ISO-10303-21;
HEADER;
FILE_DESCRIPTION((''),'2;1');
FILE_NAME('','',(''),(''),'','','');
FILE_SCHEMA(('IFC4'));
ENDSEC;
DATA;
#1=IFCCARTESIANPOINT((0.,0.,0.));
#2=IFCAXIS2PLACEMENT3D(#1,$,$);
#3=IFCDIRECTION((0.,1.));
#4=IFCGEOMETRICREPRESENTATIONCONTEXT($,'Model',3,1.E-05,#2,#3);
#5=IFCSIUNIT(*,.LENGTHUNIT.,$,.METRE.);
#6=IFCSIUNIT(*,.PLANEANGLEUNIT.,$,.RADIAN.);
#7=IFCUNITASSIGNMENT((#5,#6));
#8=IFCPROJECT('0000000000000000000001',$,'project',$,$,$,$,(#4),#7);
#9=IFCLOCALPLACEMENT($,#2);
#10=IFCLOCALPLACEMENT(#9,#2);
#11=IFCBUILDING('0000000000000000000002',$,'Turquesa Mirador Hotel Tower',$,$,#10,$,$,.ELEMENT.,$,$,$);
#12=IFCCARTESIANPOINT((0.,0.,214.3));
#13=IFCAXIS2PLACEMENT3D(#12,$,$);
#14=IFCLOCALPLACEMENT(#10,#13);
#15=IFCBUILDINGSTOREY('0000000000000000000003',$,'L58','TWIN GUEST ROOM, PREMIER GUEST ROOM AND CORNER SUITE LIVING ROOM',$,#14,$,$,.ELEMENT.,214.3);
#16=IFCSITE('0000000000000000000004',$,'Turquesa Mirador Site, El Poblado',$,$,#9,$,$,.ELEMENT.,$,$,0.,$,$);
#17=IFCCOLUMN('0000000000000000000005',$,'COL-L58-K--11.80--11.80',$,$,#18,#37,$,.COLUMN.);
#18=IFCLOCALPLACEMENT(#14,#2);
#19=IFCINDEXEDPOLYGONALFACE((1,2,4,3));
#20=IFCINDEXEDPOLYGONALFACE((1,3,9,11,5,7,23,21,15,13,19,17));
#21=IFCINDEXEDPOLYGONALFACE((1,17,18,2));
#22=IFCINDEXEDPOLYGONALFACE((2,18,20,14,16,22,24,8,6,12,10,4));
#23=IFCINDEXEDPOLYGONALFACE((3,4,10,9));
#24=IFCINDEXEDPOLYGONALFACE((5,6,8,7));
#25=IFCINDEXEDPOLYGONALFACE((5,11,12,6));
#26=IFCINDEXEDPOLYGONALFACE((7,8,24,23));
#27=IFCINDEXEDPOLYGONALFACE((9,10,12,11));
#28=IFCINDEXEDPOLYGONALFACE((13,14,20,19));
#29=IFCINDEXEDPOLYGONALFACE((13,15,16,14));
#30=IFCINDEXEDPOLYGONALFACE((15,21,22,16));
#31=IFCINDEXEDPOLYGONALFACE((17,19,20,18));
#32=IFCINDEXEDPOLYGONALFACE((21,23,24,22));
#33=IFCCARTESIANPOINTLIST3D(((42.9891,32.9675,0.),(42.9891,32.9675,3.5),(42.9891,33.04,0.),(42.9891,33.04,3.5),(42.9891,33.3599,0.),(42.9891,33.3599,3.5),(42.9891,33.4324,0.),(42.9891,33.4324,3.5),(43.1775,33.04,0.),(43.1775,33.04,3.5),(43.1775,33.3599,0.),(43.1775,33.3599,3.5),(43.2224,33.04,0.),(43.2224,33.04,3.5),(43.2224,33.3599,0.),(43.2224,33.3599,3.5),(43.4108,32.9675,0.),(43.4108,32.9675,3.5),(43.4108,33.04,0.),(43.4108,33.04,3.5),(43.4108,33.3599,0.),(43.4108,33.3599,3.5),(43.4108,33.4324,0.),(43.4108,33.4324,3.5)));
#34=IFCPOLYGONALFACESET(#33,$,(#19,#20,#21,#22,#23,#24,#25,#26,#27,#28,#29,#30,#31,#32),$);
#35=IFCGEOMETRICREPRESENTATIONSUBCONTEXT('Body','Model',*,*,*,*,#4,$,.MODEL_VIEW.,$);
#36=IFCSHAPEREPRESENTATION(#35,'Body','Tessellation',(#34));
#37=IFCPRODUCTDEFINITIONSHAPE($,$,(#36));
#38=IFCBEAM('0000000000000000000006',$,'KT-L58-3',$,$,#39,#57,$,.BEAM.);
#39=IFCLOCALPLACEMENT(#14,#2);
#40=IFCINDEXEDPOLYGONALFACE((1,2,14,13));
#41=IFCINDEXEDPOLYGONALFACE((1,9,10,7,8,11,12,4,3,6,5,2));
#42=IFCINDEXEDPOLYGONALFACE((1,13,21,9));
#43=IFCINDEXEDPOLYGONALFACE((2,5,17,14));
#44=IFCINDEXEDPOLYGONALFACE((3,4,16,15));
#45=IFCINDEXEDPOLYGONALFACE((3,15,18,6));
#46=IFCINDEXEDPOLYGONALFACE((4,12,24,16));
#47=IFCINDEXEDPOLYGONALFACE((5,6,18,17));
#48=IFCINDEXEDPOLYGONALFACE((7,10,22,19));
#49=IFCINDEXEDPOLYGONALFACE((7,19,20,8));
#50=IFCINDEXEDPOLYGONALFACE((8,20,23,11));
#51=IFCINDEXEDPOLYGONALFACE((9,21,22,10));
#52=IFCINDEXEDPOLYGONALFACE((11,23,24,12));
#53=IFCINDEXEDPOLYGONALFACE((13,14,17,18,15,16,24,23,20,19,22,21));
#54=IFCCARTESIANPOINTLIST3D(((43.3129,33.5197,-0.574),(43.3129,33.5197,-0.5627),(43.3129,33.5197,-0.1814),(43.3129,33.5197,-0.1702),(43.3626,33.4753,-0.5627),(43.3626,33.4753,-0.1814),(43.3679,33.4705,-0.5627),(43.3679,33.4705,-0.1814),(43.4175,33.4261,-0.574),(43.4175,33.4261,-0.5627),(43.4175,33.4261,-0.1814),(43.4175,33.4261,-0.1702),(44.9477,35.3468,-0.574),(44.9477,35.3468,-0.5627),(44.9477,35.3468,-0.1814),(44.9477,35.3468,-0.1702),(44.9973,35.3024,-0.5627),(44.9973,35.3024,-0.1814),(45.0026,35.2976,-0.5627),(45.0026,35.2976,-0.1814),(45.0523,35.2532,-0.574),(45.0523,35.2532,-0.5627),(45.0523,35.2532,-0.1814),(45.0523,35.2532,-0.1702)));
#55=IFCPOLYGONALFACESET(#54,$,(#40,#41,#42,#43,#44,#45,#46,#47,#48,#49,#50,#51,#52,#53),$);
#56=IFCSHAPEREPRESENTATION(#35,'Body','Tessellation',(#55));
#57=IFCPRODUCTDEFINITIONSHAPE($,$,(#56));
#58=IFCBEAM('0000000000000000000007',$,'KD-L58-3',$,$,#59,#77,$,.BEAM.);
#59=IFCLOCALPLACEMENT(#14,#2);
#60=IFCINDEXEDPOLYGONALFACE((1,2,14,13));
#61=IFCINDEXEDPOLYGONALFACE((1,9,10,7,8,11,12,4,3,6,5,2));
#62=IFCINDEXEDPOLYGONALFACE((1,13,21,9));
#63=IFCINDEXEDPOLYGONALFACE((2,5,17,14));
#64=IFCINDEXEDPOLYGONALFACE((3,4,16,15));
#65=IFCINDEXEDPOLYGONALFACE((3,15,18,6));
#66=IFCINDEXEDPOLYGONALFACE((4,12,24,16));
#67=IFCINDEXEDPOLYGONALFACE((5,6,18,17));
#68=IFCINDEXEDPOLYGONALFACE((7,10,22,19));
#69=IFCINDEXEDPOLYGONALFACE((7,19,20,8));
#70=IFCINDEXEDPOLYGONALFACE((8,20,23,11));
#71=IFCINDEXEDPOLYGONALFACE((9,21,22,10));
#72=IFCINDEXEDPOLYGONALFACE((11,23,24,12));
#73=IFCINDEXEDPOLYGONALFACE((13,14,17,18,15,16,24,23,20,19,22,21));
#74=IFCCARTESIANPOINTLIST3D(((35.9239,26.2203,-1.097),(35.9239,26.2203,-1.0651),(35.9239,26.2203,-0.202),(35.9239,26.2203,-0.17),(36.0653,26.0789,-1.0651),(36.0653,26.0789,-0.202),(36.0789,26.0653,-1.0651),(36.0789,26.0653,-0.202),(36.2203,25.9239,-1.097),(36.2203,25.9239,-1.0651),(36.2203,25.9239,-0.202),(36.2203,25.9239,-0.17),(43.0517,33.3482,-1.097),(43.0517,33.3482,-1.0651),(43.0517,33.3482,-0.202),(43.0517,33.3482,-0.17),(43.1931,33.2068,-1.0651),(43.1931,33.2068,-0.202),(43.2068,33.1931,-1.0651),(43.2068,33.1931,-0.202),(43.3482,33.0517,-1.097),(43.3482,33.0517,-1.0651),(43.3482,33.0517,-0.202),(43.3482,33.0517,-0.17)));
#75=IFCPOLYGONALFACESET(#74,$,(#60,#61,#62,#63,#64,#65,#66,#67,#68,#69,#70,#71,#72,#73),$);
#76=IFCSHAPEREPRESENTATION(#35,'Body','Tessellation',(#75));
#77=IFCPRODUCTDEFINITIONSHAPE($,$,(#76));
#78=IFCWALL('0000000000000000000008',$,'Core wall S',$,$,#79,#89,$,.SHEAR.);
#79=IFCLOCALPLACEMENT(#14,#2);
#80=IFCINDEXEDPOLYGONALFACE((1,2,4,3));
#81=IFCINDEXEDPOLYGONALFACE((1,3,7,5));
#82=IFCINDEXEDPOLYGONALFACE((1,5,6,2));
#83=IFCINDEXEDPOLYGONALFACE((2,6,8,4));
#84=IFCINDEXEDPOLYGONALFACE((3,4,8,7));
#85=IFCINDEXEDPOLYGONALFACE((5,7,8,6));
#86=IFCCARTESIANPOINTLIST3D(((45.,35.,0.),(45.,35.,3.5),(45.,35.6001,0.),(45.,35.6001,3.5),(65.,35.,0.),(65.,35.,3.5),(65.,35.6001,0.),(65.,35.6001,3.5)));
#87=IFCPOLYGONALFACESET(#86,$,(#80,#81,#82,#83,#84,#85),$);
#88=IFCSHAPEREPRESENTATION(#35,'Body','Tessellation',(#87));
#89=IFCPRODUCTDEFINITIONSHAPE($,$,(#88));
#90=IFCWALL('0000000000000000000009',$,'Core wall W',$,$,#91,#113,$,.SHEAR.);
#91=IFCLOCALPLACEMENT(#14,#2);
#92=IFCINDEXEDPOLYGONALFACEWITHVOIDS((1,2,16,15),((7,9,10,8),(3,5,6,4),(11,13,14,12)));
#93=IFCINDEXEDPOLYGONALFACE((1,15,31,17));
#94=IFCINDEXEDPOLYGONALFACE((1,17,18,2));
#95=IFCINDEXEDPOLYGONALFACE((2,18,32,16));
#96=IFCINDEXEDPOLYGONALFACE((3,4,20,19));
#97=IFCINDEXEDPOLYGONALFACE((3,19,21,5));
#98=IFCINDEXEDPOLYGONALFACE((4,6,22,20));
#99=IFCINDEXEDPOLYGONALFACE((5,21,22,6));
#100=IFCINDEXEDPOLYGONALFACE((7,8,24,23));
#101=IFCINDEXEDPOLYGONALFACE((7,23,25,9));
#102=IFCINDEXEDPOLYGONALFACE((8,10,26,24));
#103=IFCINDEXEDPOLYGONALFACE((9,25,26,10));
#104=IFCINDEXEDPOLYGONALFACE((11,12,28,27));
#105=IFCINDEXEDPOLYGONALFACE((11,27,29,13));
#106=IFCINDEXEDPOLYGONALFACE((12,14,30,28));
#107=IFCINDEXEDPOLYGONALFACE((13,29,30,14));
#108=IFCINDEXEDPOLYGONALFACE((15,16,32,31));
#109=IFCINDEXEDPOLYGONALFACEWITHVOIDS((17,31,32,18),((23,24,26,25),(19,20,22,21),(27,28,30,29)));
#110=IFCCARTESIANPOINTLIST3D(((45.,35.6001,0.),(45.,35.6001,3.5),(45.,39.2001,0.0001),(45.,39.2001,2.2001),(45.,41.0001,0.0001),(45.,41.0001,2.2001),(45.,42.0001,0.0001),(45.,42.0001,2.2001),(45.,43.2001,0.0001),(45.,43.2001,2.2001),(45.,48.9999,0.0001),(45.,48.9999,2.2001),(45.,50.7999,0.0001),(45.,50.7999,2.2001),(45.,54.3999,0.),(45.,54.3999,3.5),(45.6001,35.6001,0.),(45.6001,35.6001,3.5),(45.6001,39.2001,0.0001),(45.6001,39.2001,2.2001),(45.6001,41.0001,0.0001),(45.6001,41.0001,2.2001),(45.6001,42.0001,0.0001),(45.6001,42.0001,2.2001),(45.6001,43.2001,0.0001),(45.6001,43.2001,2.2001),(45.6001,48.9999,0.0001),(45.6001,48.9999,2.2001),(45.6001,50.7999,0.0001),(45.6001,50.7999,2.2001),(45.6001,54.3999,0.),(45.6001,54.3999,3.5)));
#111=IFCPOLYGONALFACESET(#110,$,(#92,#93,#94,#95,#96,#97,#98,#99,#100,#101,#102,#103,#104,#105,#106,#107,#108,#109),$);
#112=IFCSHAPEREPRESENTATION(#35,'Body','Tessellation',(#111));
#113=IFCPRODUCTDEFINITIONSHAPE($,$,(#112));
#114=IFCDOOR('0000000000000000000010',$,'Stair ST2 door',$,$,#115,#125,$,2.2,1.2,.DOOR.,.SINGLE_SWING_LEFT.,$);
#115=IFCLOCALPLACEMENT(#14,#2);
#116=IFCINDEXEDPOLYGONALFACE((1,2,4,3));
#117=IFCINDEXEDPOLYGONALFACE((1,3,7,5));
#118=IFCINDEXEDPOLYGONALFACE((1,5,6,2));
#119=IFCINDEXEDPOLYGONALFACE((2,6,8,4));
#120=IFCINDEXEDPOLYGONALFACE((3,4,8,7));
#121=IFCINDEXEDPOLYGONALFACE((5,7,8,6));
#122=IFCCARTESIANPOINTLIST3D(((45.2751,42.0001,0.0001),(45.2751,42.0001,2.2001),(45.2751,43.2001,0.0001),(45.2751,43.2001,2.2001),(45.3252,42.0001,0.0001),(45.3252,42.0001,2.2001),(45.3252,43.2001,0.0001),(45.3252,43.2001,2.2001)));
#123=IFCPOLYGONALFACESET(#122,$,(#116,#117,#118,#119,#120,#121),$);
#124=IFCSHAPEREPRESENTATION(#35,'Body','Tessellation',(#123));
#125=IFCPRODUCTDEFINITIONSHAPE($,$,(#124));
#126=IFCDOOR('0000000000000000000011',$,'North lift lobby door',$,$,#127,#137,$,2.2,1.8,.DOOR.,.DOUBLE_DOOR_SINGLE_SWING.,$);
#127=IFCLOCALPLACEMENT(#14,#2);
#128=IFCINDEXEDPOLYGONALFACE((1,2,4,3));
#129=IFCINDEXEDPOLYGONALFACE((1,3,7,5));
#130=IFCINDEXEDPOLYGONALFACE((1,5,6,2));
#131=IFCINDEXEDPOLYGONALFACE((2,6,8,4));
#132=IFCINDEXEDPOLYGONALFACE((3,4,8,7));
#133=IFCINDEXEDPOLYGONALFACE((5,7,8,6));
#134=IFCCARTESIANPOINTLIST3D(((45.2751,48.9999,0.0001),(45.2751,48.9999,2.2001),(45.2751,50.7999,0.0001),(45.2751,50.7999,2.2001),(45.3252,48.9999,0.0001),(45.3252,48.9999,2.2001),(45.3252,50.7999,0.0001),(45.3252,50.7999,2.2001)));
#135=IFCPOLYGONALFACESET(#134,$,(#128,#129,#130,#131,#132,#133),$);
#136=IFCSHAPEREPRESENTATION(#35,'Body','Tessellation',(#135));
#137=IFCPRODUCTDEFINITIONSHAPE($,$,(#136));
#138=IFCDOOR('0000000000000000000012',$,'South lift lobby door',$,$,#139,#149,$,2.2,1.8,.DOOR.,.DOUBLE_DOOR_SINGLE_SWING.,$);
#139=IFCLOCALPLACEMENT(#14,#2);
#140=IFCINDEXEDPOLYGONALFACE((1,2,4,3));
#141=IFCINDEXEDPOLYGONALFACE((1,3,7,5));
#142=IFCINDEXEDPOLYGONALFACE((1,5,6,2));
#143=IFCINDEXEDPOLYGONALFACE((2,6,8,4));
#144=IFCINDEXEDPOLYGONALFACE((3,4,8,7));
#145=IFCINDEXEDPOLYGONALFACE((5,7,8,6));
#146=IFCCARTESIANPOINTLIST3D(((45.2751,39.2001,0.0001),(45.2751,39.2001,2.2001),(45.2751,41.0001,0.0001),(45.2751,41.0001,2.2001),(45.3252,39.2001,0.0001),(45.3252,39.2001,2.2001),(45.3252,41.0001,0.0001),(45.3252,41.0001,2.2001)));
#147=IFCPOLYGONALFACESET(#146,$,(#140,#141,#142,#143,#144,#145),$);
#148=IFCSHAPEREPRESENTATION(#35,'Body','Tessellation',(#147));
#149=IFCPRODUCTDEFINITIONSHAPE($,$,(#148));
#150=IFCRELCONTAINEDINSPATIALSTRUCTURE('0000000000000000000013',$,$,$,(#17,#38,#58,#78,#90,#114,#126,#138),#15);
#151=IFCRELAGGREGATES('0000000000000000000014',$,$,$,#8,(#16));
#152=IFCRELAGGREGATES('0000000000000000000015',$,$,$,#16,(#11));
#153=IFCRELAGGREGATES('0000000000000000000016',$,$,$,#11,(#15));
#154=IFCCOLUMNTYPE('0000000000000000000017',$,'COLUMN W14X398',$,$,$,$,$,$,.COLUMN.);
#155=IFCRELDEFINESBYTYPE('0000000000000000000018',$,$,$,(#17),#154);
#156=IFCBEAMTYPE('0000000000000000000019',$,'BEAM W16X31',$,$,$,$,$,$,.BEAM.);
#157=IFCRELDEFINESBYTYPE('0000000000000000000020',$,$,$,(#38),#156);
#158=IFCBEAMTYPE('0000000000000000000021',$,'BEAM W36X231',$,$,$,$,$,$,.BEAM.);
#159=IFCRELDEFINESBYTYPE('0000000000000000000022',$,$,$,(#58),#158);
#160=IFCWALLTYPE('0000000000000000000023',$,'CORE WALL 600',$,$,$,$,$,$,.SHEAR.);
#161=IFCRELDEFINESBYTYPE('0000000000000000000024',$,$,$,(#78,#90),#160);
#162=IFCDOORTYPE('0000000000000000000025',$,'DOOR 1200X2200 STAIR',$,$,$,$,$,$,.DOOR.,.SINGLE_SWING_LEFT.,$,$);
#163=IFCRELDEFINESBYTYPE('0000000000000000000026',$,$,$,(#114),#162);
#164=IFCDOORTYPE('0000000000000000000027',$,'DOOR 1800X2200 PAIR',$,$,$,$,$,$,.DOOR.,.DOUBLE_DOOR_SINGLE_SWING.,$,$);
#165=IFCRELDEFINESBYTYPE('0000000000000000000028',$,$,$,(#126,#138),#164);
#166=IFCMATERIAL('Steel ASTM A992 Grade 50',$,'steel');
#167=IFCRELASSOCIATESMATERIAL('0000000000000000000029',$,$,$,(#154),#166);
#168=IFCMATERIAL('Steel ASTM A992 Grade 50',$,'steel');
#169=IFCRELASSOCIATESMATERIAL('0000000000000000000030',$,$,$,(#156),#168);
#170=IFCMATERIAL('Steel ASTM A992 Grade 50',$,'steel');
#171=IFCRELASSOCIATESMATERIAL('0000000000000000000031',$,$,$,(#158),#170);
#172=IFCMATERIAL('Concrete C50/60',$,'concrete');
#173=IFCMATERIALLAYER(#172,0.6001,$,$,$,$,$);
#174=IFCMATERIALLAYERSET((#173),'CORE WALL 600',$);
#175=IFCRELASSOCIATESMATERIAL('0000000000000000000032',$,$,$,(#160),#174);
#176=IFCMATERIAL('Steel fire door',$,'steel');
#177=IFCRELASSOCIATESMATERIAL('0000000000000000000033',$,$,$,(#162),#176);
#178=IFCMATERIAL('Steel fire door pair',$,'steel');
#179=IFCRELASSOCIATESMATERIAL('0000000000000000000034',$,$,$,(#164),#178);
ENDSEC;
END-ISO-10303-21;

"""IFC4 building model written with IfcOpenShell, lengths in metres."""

from ifc_helpers import new_model, si_unit, direction, frame, frame_2d, origin, origin_2d, place, context, subcontext, project, spatial, rectangle, i_section, extrude, material, layer, layer_set, material_profile, profile_set, type_object, element, fill, save


model = new_model("IFC4")

# Units and contexts
model_context = context("Model", 3, precision=1e-05, world=origin(), true_north=direction((0.0, 1.0)))
body_context = subcontext(model_context, "Body", "Model", "MODEL_VIEW")
ifc_project = project(units=[si_unit("LENGTHUNIT", "METRE"), si_unit("PLANEANGLEUNIT", "RADIAN")], contexts=[model_context])

# Site, building, storey
site_placement = place(None, origin())
site = spatial("IfcSite", under=ifc_project, at=site_placement, Name="Turquesa Mirador Site, El Poblado", CompositionType="ELEMENT", RefElevation=0.0)
building_placement = place(site_placement, origin())
building = spatial("IfcBuilding", under=site, at=building_placement, Name="Turquesa Mirador Hotel Tower", CompositionType="ELEMENT")
storey_placement = place(building_placement, frame((0.0, 0.0, 214.3)))
storey = spatial("IfcBuildingStorey", under=building, at=storey_placement, Name="L58", Description="TWIN GUEST ROOM, PREMIER GUEST ROOM AND CORNER SUITE LIVING ROOM", CompositionType="ELEMENT", Elevation=214.3)

# Column
ifc_material_1 = material(Name="Steel ASTM A992 Grade 50", Category="steel")
ifc_material_profile_1 = material_profile(ifc_material_1, i_section(OverallWidth=0.4216, OverallDepth=0.4648, WebThickness=0.0449, FlangeThickness=0.0725, at=origin_2d()), Name="W14X398")
ifc_profile_set_1 = profile_set([ifc_material_profile_1], Name="Steel ASTM A992 Grade 50")
column_type = type_object("IfcColumnType", Name="COLUMN W14X398", PredefinedType="COLUMN", material=ifc_profile_set_1)
column_placement = place(storey_placement, frame((43.2, 33.2, 0.0), z_axis=(0.0, 0.0, 1.0), x_axis=(1.0, 0.0, 0.0)))
element("IfcColumn", 1, at=column_placement, inside=storey, type_object=column_type, Name="COL-L58-K--11.80--11.80", PredefinedType="COLUMN", context=body_context, shape_type="SweptSolid", body=[
    extrude(i_section(OverallWidth=0.4216, OverallDepth=0.4648, WebThickness=0.0449, FlangeThickness=0.0725, at=origin_2d()), origin(), (0.0, 0.0, 1.0), 3.5),
])

# Beams
ifc_material_2 = material(Name="Steel ASTM A992 Grade 50", Category="steel")
ifc_material_profile_2 = material_profile(ifc_material_2, i_section(OverallWidth=0.1404, OverallDepth=0.4038, WebThickness=0.0071, FlangeThickness=0.0112, at=origin_2d()), Name="W16X31")
ifc_profile_set_2 = profile_set([ifc_material_profile_2], Name="Steel ASTM A992 Grade 50")
beam_type_1 = type_object("IfcBeamType", Name="BEAM W16X31", PredefinedType="BEAM", material=ifc_profile_set_2)
beam_1_placement = place(storey_placement, frame((43.3652, 33.4729, -0.3721), z_axis=(0.666783, 0.745252, 0.0), x_axis=(-0.745252, 0.666783, 0.0)))
element("IfcBeam", 2, at=beam_1_placement, inside=storey, type_object=beam_type_1, Name="KT-L58-3", PredefinedType="BEAM", context=body_context, shape_type="SweptSolid", body=[
    extrude(i_section(OverallWidth=0.1404, OverallDepth=0.4038, WebThickness=0.0071, FlangeThickness=0.0112, at=origin_2d()), origin(), (0.0, 0.0, 1.0), 2.4517),
])
ifc_material_3 = material(Name="Steel ASTM A992 Grade 50", Category="steel")
ifc_material_profile_3 = material_profile(ifc_material_3, i_section(OverallWidth=0.4192, OverallDepth=0.927, WebThickness=0.0193, FlangeThickness=0.032, at=origin_2d()), Name="W36X231")
ifc_profile_set_3 = profile_set([ifc_material_profile_3], Name="Steel ASTM A992 Grade 50")
beam_type_2 = type_object("IfcBeamType", Name="BEAM W36X231", PredefinedType="BEAM", material=ifc_profile_set_3)
beam_2_placement = place(storey_placement, frame((43.2, 33.2, -0.6335), z_axis=(-0.707107, -0.707107, 0.0), x_axis=(0.707107, -0.707107, 0.0)))
element("IfcBeam", 3, at=beam_2_placement, inside=storey, type_object=beam_type_2, Name="KD-L58-3", PredefinedType="BEAM", context=body_context, shape_type="SweptSolid", body=[
    extrude(i_section(OverallWidth=0.4192, OverallDepth=0.927, WebThickness=0.0193, FlangeThickness=0.032, at=origin_2d()), origin(), (0.0, 0.0, 1.0), 10.0803),
])

# Wall
ifc_material_4 = material(Name="Concrete C50/60", Category="concrete")
ifc_layer_1 = layer(ifc_material_4, 0.6001)
ifc_layer_set_1 = layer_set([ifc_layer_1], Name="CORE WALL 600")
wall_type_1 = type_object("IfcWallType", Name="CORE WALL 600", PredefinedType="SHEAR", material=ifc_layer_set_1)
wall_1_placement = place(storey_placement, frame((45.0, 35.3, 0.0), z_axis=(0.0, 0.0, 1.0), x_axis=(1.0, 0.0, 0.0)))
element("IfcWall", 4, at=wall_1_placement, inside=storey, type_object=wall_type_1, Name="Core wall S", PredefinedType="SHEAR", context=body_context, shape_type="SweptSolid", body=[
    extrude(rectangle(XDim=20.0, YDim=0.6001, at=frame_2d((10.0, 0.0))), origin(), (0.0, 0.0, 1.0), 3.5),
])

# Wall, openings, doors
wall_2_placement = place(storey_placement, frame((45.3, 35.6001, 0.0), z_axis=(0.0, 0.0, 1.0), x_axis=(0.0, 1.0, 0.0)))
wall_2 = element("IfcWall", 5, at=wall_2_placement, inside=storey, type_object=wall_type_1, Name="Core wall W", PredefinedType="SHEAR", context=body_context, shape_type="SweptSolid", body=[
    extrude(rectangle(XDim=18.7998, YDim=0.6001, at=frame_2d((9.3999, 0.0))), origin(), (0.0, 0.0, 1.0), 3.5),
])
opening_1_placement = place(wall_2_placement, frame((13.3999, 0.0, 0.0)))
opening_1 = element("IfcOpeningElement", 6, at=opening_1_placement, cuts=wall_2, PredefinedType="OPENING", context=body_context, shape_type="SweptSolid", body=[
    extrude(rectangle(XDim=1.8, YDim=2.2, at=frame_2d((0.8999, 1.1001))), frame((0.0, 0.3101, 0.0), z_axis=(0.0, -1.0, 0.0), x_axis=(1.0, 0.0, 0.0)), (0.0, 0.0, 1.0), 0.6201),
])
opening_2_placement = place(wall_2_placement, frame((3.6001, 0.0, 0.0)))
opening_2 = element("IfcOpeningElement", 7, at=opening_2_placement, cuts=wall_2, PredefinedType="OPENING", context=body_context, shape_type="SweptSolid", body=[
    extrude(rectangle(XDim=1.8, YDim=2.2, at=frame_2d((0.8999, 1.1001))), frame((0.0, 0.3101, 0.0), z_axis=(0.0, -1.0, 0.0), x_axis=(1.0, 0.0, 0.0)), (0.0, 0.0, 1.0), 0.6201),
])
opening_3_placement = place(wall_2_placement, frame((6.3999, 0.0, 0.0)))
opening_3 = element("IfcOpeningElement", 8, at=opening_3_placement, cuts=wall_2, PredefinedType="OPENING", context=body_context, shape_type="SweptSolid", body=[
    extrude(rectangle(XDim=1.2, YDim=2.2, at=frame_2d((0.6001, 1.1001))), frame((0.0, 0.3101, 0.0), z_axis=(0.0, -1.0, 0.0), x_axis=(1.0, 0.0, 0.0)), (0.0, 0.0, 1.0), 0.6201),
])
ifc_material_5 = material(Name="Steel fire door", Category="steel")
door_type_1 = type_object("IfcDoorType", Name="DOOR 1200X2200 STAIR", OperationType="SINGLE_SWING_LEFT", PredefinedType="DOOR", material=ifc_material_5)
door_1_placement = place(opening_3_placement, origin())
door_1 = element("IfcDoor", 9, at=door_1_placement, inside=storey, type_object=door_type_1, Name="Stair ST2 door", OperationType="SINGLE_SWING_LEFT", OverallHeight=2.2, OverallWidth=1.2, PredefinedType="DOOR", context=body_context, shape_type="SweptSolid", body=[
    extrude(rectangle(XDim=1.2, YDim=2.2, at=frame_2d((0.6001, 1.1001))), frame((0.0, 0.0249, 0.0), z_axis=(0.0, -1.0, 0.0), x_axis=(1.0, 0.0, 0.0)), (0.0, 0.0, 1.0), 0.05),
])
fill(opening_3, door_1)
ifc_material_6 = material(Name="Steel fire door pair", Category="steel")
door_type_2 = type_object("IfcDoorType", Name="DOOR 1800X2200 PAIR", OperationType="DOUBLE_DOOR_SINGLE_SWING", PredefinedType="DOOR", material=ifc_material_6)
door_2_placement = place(opening_1_placement, origin())
door_2 = element("IfcDoor", 10, at=door_2_placement, inside=storey, type_object=door_type_2, Name="North lift lobby door", OperationType="DOUBLE_DOOR_SINGLE_SWING", OverallHeight=2.2, OverallWidth=1.8, PredefinedType="DOOR", context=body_context, shape_type="SweptSolid", body=[
    extrude(rectangle(XDim=1.8, YDim=2.2, at=frame_2d((0.8999, 1.1001))), frame((0.0, 0.0249, 0.0), z_axis=(0.0, -1.0, 0.0), x_axis=(1.0, 0.0, 0.0)), (0.0, 0.0, 1.0), 0.05),
])
fill(opening_1, door_2)
door_3_placement = place(opening_2_placement, origin())
door_3 = element("IfcDoor", 11, at=door_3_placement, inside=storey, type_object=door_type_2, Name="South lift lobby door", OperationType="DOUBLE_DOOR_SINGLE_SWING", OverallHeight=2.2, OverallWidth=1.8, PredefinedType="DOOR", context=body_context, shape_type="SweptSolid", body=[
    extrude(rectangle(XDim=1.8, YDim=2.2, at=frame_2d((0.8999, 1.1001))), frame((0.0, 0.0249, 0.0), z_axis=(0.0, -1.0, 0.0), x_axis=(1.0, 0.0, 0.0)), (0.0, 0.0, 1.0), 0.05),
])
fill(opening_2, door_3)

save(model, "model.ifc")
